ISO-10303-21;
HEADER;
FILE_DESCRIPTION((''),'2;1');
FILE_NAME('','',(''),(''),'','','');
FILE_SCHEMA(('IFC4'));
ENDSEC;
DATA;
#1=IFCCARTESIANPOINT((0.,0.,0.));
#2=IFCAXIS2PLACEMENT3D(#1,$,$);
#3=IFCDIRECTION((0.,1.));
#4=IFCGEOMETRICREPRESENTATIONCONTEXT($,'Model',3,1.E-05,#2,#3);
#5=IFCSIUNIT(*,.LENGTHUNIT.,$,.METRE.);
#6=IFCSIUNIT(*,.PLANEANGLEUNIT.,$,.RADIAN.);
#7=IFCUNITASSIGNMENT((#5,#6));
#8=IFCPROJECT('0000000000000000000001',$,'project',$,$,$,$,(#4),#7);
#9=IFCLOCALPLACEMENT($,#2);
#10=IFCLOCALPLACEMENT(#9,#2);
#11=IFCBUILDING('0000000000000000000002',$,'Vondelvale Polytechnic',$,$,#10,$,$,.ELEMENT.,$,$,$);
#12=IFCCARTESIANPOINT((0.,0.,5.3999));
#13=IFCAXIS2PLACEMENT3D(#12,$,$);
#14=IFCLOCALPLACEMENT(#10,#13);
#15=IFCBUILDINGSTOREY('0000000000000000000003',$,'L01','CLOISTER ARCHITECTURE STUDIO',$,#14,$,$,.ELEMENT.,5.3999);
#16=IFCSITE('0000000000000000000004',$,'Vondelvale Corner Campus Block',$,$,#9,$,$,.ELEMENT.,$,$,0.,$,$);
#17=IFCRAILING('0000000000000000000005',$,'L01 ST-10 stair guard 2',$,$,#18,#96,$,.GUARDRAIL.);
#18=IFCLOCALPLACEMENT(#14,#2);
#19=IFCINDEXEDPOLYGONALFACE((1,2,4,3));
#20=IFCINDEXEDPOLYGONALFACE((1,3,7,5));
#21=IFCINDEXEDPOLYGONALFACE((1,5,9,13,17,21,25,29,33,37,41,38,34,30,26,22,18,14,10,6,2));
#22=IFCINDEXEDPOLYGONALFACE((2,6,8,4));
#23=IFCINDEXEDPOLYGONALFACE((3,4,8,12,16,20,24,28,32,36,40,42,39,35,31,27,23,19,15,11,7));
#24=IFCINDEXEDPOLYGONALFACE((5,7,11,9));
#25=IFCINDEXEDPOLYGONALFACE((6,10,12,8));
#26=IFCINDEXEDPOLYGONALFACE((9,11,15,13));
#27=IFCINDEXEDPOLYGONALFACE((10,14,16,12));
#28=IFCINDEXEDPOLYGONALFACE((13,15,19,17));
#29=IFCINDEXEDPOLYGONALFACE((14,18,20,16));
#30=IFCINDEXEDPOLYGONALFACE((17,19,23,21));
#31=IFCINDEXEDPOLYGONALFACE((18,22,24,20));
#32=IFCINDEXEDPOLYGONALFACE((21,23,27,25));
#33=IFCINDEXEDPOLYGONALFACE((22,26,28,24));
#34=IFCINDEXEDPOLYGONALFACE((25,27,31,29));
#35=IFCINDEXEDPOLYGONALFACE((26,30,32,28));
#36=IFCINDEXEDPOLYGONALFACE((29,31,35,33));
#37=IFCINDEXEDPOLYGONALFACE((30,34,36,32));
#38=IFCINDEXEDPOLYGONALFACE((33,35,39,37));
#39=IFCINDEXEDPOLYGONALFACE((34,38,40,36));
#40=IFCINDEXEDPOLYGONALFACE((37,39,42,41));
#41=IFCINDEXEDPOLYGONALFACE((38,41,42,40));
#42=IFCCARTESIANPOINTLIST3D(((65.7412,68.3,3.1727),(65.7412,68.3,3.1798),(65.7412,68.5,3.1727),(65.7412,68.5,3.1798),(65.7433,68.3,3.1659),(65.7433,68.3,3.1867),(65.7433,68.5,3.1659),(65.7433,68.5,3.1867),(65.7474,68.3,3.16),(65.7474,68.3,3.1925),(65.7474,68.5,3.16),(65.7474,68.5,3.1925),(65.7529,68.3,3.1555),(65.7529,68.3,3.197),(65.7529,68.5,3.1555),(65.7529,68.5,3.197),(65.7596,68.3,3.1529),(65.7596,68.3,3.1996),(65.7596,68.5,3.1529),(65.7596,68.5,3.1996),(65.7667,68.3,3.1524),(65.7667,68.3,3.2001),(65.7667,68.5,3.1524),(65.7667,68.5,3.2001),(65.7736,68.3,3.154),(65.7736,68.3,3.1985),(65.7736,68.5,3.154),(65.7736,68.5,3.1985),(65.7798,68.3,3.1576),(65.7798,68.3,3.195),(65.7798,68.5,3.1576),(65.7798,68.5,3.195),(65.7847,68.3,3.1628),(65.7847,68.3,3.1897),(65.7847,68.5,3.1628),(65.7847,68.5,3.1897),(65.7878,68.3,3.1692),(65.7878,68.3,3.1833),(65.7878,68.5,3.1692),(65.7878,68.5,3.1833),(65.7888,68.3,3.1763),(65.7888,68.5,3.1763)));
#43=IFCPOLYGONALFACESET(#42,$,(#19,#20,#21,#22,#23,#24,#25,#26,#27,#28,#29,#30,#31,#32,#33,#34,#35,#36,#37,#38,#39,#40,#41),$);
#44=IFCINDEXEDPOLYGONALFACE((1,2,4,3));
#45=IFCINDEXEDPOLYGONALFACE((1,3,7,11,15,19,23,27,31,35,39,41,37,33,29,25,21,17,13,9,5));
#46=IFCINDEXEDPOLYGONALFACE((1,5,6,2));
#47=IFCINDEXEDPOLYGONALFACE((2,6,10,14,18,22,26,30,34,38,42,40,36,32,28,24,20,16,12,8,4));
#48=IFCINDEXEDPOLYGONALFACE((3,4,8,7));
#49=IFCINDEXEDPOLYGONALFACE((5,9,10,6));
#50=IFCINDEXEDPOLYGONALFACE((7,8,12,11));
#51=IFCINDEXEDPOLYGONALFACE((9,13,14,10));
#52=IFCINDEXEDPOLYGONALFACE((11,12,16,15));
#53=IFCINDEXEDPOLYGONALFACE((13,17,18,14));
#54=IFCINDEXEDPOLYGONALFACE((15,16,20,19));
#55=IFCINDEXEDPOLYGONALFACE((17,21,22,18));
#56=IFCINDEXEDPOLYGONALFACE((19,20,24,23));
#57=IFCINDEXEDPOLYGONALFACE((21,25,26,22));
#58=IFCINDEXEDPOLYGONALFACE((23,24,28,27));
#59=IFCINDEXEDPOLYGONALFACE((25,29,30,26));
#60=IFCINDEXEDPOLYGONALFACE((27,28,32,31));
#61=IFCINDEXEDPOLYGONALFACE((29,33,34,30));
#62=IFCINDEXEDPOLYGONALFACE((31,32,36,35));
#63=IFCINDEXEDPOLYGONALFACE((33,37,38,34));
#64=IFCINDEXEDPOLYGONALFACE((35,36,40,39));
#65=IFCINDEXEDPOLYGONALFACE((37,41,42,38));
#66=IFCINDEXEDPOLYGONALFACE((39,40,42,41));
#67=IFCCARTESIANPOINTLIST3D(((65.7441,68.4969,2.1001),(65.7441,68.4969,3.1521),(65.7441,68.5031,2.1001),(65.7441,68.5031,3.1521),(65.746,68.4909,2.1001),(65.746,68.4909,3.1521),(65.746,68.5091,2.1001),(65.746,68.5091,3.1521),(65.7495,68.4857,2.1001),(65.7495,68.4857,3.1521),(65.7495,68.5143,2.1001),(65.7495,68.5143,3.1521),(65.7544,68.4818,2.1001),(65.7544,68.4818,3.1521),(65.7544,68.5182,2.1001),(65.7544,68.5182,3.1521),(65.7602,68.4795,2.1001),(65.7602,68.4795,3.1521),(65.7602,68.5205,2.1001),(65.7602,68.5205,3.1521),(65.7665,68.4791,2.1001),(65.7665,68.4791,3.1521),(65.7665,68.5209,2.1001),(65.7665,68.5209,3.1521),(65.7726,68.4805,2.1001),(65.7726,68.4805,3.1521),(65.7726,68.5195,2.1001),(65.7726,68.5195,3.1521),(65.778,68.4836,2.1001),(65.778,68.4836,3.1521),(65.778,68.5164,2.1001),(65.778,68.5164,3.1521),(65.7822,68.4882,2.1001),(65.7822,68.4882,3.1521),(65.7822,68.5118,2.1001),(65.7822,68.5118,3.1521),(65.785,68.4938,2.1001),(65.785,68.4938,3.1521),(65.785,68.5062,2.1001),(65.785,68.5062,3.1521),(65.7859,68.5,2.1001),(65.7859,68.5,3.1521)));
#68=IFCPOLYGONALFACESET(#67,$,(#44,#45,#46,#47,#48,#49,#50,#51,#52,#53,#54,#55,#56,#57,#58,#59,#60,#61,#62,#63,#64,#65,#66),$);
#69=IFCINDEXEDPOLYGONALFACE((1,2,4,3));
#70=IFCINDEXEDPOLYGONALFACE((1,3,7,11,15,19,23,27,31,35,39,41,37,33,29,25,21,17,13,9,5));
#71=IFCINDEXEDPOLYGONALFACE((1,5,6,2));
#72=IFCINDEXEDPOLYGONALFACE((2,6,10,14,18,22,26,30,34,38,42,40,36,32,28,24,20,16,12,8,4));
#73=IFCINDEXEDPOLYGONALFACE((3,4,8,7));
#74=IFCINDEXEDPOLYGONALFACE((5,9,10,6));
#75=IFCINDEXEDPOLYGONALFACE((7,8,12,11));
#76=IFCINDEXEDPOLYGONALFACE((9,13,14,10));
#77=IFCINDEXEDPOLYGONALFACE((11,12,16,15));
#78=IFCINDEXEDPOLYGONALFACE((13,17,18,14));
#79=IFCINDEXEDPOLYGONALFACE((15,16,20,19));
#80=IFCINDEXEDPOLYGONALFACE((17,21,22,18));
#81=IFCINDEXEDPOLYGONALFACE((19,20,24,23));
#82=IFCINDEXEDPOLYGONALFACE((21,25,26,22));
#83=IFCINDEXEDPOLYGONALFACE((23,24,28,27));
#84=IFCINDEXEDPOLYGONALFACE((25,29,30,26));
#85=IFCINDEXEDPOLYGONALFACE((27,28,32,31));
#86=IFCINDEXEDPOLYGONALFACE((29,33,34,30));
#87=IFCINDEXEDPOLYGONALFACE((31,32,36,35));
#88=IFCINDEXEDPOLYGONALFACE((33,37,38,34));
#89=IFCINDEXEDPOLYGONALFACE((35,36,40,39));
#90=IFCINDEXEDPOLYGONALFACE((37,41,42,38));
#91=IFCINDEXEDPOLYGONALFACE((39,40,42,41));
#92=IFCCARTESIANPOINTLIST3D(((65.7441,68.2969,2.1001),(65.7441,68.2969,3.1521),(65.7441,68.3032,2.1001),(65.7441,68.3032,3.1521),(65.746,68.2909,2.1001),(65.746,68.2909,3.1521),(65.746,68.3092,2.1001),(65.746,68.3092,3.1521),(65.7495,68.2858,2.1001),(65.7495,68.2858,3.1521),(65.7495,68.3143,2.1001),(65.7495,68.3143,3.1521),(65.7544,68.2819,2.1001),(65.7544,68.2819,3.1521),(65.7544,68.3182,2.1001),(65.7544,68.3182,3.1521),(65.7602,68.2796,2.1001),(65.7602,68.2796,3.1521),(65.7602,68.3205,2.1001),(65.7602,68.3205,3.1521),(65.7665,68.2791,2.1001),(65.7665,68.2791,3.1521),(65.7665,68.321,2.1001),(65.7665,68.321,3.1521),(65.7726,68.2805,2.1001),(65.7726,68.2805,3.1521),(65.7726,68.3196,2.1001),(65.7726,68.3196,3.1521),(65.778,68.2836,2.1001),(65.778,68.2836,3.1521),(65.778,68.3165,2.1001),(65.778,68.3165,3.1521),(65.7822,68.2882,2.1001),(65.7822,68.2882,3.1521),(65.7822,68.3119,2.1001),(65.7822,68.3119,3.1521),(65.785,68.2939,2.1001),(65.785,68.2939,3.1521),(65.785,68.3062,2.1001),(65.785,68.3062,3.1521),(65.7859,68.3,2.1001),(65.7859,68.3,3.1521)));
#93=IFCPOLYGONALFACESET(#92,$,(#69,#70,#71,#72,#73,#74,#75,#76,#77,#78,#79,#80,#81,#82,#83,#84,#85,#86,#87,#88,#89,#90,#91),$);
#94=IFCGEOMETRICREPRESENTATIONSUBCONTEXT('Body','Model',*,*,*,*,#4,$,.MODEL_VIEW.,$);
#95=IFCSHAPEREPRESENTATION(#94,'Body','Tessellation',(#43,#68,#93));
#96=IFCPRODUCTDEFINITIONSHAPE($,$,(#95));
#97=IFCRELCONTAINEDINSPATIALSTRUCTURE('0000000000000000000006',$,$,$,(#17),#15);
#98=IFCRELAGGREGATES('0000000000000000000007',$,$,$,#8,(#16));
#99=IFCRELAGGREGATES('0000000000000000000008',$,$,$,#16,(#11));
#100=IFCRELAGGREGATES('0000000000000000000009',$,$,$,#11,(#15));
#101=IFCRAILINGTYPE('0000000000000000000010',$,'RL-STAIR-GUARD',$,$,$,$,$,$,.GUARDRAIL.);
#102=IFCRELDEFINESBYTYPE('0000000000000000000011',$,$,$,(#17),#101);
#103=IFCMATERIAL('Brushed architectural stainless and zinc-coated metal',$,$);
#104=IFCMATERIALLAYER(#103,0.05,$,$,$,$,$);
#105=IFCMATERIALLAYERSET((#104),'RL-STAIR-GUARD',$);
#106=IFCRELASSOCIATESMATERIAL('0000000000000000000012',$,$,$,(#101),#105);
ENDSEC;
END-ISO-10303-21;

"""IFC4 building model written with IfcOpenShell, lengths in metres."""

from ifc_helpers import new_model, si_unit, direction, frame, origin, origin_2d, place, context, subcontext, project, spatial, circle, extrude, material, layer, layer_set, type_object, element, save


model = new_model("IFC4")

# Units and contexts
model_context = context("Model", 3, precision=1e-05, world=origin(), true_north=direction((0.0, 1.0)))
body_context = subcontext(model_context, "Body", "Model", "MODEL_VIEW")
ifc_project = project(units=[si_unit("LENGTHUNIT", "METRE"), si_unit("PLANEANGLEUNIT", "RADIAN")], contexts=[model_context])

# Site, building, storey
site_placement = place(None, origin())
site = spatial("IfcSite", under=ifc_project, at=site_placement, Name="Vondelvale Corner Campus Block", CompositionType="ELEMENT", RefElevation=0.0)
building_placement = place(site_placement, origin())
building = spatial("IfcBuilding", under=site, at=building_placement, Name="Vondelvale Polytechnic", CompositionType="ELEMENT")
storey_placement = place(building_placement, frame((0.0, 0.0, 5.3999)))
storey = spatial("IfcBuildingStorey", under=building, at=storey_placement, Name="L01", Description="CLOISTER ARCHITECTURE STUDIO", CompositionType="ELEMENT", Elevation=5.3999)

# Railing
ifc_material_1 = material(Name="Brushed architectural stainless and zinc-coated metal")
ifc_layer_1 = layer(ifc_material_1, 0.05)
ifc_layer_set_1 = layer_set([ifc_layer_1], Name="RL-STAIR-GUARD")
railing_type_1 = type_object("IfcRailingType", Name="RL-STAIR-GUARD", PredefinedType="GUARDRAIL", material=ifc_layer_set_1)
railing_1_placement = place(storey_placement, frame((65.7649, 68.5, 2.1001)))
element("IfcRailing", 1, at=railing_1_placement, inside=storey, type_object=railing_type_1, Name="L01 ST-10 stair guard 2", PredefinedType="GUARDRAIL", context=body_context, shape_type="SweptSolid", body=[
    extrude(circle(Radius=0.0239, at=origin_2d()), frame((0.0, 0.0, 1.0762), z_axis=(0.0, -1.0, 0.0), x_axis=(1.0, 0.0, 0.0)), (0.0, 0.0, 1.0), 0.2),
    extrude(circle(Radius=0.021, at=origin_2d()), origin(), (0.0, 0.0, 1.0), 1.052),
    extrude(circle(Radius=0.021, at=origin_2d()), frame((0.0, -0.2, 0.0)), (0.0, 0.0, 1.0), 1.052),
])

save(model, "model.ifc")
